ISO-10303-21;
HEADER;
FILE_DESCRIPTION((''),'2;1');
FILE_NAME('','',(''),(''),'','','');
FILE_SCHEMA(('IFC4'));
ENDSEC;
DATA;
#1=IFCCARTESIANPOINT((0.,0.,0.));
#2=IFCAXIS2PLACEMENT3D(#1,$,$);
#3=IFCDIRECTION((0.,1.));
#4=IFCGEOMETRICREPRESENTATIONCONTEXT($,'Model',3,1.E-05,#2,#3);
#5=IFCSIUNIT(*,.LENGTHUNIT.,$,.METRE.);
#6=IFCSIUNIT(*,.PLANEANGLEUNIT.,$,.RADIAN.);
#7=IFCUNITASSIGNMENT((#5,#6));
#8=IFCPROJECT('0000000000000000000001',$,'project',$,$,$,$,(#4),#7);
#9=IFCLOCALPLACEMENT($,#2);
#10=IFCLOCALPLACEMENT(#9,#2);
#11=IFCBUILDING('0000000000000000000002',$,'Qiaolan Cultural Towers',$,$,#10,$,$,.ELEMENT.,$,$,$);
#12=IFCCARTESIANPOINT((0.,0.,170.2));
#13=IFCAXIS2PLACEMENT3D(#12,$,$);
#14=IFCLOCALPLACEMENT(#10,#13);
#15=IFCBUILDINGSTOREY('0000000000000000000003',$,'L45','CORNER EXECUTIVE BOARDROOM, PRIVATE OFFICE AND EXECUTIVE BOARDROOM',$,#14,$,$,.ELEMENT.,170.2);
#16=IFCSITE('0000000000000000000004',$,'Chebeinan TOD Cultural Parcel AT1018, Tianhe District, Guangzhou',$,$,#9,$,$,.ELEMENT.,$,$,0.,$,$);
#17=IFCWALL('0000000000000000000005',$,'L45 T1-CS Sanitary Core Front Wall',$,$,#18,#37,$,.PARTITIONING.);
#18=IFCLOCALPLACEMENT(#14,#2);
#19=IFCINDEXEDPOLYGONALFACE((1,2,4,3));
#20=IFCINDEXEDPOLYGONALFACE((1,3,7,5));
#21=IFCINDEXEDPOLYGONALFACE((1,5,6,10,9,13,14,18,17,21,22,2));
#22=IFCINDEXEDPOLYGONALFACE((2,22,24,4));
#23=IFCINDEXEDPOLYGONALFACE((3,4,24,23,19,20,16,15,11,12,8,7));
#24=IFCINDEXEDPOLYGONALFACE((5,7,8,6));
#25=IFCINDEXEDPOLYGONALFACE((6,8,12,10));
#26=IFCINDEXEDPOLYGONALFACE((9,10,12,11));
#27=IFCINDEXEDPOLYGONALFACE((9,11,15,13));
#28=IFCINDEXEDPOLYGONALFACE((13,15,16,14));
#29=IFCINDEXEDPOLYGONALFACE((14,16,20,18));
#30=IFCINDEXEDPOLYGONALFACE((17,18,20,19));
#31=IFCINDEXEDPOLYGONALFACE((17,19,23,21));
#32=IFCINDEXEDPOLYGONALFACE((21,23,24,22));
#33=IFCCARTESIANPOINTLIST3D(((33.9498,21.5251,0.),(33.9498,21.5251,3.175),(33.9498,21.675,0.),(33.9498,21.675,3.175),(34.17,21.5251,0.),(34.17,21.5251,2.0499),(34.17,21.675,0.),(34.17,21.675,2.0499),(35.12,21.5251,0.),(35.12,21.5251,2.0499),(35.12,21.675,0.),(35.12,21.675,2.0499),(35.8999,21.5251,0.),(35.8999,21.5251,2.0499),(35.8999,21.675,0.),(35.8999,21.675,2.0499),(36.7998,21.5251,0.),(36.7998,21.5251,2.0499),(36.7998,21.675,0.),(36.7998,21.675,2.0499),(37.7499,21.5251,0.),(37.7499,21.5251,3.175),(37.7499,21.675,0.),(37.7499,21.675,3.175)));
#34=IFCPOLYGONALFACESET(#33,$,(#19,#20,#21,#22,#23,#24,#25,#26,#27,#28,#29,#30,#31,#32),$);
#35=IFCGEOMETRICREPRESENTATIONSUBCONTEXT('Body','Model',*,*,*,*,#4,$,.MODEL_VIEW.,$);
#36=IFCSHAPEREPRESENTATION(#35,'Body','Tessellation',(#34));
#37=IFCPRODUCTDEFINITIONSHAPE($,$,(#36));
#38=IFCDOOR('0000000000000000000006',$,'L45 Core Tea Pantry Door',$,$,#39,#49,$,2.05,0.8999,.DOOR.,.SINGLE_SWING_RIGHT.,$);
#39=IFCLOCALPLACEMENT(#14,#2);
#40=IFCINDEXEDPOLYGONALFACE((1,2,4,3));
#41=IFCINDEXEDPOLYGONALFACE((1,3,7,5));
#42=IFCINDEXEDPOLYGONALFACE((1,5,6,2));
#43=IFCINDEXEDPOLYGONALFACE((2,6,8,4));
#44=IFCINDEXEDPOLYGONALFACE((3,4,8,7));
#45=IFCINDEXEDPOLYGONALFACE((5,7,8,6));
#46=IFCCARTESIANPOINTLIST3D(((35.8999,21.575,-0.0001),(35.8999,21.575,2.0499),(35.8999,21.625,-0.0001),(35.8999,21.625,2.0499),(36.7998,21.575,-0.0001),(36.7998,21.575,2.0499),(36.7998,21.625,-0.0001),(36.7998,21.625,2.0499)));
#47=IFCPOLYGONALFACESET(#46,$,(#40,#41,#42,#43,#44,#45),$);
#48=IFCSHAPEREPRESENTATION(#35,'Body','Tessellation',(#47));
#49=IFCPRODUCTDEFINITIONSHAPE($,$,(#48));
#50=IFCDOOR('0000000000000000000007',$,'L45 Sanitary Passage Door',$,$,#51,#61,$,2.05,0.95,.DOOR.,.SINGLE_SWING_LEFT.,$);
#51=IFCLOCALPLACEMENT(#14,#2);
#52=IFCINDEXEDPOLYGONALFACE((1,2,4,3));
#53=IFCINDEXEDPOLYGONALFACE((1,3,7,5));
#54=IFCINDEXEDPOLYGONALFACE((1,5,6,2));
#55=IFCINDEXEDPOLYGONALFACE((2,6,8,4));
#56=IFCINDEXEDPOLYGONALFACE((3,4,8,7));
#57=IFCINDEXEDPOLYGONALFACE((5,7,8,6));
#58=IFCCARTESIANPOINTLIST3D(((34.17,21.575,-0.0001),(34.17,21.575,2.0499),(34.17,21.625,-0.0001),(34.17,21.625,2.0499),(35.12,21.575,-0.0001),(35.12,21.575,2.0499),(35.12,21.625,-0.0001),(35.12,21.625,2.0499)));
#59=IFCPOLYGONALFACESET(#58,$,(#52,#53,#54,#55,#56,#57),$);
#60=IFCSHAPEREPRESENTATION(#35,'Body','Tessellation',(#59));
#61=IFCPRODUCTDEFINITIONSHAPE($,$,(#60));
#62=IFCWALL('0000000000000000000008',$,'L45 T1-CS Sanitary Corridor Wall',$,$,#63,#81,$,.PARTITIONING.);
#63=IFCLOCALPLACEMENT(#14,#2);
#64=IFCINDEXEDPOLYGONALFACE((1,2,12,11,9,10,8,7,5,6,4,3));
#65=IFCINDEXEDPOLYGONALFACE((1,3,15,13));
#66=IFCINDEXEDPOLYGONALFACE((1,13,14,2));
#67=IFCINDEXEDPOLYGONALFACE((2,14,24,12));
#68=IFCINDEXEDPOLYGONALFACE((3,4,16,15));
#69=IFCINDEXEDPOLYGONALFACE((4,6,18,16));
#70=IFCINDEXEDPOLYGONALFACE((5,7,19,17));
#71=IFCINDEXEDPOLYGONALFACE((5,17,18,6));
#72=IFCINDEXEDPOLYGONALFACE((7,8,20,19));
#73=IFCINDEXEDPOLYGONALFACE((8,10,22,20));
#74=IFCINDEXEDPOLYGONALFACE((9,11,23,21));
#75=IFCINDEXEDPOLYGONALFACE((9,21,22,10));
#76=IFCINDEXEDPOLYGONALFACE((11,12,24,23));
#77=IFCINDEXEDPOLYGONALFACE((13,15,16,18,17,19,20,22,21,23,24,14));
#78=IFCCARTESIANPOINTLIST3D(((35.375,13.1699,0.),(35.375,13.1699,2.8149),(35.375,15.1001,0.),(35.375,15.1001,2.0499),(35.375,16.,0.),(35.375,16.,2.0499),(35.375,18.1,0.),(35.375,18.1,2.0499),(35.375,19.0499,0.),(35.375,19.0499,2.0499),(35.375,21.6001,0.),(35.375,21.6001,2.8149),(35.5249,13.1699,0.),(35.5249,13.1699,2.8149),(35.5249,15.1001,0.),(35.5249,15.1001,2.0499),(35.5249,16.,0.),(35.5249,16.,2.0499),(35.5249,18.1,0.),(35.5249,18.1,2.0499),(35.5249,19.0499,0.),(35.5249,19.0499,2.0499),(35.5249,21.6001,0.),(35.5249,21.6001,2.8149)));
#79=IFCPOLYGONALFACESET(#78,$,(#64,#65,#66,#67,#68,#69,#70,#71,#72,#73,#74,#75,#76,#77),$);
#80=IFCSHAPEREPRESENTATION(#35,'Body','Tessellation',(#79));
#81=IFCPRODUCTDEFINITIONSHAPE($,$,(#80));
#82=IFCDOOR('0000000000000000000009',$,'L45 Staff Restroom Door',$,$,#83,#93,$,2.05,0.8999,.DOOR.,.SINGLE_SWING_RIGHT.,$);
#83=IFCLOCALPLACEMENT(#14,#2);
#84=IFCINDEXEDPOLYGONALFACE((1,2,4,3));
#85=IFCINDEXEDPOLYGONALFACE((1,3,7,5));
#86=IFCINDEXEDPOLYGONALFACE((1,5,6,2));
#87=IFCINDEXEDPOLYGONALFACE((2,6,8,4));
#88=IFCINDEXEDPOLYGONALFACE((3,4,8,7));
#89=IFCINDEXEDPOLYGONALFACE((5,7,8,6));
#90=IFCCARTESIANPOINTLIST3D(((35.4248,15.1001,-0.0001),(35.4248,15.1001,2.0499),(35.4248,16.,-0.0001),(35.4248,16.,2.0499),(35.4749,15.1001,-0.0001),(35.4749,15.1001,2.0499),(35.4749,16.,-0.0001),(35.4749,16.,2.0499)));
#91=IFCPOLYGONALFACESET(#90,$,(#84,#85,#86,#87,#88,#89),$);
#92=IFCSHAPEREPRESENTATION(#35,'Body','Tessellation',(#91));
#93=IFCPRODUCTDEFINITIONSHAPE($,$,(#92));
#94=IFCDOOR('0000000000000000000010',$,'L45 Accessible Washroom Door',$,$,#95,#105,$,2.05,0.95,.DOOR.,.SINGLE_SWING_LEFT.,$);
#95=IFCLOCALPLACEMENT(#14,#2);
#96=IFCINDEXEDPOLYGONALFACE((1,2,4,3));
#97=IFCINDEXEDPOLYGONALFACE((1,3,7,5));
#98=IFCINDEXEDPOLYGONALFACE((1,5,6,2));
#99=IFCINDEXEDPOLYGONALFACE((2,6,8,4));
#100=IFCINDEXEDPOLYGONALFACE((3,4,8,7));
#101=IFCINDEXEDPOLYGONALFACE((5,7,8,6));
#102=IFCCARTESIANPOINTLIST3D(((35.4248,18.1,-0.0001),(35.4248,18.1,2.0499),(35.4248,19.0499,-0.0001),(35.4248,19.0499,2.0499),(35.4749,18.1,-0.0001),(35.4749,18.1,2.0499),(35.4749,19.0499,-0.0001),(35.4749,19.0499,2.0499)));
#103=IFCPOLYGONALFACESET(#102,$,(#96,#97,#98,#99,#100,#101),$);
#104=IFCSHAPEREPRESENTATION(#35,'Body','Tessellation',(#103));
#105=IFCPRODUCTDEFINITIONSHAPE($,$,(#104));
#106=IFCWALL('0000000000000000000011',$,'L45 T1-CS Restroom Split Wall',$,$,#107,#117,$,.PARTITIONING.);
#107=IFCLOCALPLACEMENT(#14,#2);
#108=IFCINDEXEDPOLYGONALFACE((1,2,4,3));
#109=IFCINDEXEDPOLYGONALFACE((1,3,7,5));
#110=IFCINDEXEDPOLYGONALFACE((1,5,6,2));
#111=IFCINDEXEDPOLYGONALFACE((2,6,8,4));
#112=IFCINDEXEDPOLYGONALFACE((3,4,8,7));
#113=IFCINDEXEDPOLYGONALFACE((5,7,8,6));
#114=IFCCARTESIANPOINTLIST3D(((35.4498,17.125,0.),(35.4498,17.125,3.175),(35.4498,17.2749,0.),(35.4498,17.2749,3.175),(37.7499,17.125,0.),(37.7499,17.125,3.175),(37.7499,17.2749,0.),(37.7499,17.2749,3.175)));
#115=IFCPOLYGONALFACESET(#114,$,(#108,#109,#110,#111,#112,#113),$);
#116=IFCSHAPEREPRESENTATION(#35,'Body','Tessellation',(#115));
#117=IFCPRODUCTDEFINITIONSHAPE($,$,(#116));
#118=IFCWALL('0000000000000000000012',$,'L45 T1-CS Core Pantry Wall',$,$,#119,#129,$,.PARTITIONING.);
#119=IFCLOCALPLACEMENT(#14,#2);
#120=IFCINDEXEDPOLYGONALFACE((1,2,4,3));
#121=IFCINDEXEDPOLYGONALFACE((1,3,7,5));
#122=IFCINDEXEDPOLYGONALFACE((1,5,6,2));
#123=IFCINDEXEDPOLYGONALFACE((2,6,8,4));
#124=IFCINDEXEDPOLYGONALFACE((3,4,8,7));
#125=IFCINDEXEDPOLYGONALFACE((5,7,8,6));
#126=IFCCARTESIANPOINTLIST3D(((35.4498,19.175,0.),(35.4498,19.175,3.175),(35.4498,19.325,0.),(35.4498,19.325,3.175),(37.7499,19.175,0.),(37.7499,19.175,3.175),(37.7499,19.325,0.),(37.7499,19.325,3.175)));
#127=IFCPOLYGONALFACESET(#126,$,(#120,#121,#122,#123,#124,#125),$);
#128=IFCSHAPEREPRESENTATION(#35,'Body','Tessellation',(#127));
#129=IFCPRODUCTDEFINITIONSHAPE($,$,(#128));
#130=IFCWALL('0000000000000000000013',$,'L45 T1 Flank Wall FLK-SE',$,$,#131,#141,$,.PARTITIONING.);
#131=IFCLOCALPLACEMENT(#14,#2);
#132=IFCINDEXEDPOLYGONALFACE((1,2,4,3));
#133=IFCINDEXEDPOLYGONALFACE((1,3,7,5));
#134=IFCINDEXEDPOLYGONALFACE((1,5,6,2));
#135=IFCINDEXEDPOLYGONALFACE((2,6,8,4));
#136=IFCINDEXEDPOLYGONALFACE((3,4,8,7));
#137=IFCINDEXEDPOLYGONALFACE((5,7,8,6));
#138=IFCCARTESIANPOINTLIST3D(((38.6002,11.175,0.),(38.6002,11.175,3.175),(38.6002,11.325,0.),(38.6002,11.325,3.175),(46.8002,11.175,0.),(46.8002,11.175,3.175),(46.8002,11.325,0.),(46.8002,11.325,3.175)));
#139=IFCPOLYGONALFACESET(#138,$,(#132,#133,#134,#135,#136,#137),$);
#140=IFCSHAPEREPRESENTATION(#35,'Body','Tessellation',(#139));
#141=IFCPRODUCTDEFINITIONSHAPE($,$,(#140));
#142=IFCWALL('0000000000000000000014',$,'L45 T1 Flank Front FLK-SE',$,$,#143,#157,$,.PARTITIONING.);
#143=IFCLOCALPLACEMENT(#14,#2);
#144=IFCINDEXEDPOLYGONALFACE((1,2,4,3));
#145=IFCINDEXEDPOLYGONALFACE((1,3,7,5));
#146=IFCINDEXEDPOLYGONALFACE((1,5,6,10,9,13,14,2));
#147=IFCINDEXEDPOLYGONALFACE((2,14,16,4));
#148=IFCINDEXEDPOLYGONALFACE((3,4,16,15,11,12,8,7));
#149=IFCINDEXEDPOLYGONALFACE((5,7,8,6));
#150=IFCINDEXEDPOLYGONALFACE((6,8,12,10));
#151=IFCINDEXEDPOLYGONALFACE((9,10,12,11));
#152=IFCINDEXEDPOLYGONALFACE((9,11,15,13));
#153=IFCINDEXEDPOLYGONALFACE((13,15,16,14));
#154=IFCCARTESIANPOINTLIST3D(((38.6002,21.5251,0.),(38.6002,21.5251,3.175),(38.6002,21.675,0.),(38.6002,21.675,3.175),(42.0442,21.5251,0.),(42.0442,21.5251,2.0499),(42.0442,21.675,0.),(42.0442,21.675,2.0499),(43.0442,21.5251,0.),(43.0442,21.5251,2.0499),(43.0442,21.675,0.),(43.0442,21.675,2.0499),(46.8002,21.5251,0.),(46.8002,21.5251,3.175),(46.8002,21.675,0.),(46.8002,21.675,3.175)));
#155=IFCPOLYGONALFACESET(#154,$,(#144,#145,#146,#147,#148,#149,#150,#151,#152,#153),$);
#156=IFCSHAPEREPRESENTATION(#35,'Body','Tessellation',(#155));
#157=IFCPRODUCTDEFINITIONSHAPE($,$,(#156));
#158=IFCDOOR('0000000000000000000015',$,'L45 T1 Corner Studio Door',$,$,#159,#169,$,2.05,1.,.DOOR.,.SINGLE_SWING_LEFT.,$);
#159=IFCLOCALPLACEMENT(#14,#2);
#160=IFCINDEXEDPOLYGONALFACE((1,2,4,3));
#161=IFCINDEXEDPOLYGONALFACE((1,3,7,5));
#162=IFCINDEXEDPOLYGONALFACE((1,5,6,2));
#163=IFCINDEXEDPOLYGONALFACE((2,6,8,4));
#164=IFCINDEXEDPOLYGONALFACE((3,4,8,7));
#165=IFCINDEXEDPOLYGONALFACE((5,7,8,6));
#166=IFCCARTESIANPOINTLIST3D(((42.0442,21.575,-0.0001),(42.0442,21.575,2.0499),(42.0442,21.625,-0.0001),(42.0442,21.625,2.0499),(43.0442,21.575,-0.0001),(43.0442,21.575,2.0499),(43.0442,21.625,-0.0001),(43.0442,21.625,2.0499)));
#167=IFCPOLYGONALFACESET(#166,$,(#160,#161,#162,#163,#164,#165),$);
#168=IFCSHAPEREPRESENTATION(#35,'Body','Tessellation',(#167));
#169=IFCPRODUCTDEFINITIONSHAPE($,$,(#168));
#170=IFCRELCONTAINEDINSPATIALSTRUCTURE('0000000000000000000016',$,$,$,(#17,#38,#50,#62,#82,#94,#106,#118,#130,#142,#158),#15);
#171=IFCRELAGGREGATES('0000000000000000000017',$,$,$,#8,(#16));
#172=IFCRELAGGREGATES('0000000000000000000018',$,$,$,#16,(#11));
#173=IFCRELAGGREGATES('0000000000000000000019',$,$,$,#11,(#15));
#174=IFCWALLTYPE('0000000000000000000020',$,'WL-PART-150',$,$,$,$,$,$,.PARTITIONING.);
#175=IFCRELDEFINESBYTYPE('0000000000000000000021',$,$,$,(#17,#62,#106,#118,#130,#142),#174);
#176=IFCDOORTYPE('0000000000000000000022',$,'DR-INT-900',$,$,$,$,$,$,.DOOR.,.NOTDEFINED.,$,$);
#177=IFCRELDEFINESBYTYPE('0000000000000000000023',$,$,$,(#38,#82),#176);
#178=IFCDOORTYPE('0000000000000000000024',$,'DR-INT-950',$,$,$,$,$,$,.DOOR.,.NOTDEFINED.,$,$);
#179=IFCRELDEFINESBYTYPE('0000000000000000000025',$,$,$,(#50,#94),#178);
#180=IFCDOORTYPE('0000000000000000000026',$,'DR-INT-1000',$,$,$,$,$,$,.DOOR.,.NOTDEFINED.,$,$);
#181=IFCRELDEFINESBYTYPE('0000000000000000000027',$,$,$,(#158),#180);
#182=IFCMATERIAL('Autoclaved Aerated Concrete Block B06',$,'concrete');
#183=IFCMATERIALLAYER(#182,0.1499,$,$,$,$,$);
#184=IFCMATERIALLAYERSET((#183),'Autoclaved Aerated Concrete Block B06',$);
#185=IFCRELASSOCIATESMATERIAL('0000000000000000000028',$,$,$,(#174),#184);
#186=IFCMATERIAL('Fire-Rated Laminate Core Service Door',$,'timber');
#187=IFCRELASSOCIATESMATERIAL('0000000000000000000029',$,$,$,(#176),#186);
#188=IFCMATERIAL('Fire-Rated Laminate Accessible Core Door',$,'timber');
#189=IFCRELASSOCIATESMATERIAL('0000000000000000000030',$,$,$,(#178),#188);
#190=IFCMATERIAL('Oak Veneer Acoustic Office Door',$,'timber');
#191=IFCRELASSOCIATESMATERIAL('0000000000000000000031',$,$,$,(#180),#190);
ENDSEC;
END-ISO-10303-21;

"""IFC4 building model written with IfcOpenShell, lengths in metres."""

from ifc_helpers import new_model, si_unit, direction, frame, frame_2d, origin, place, context, subcontext, project, spatial, rectangle, extrude, material, layer, layer_set, type_object, element, fill, save


model = new_model("IFC4")

# Units and contexts
model_context = context("Model", 3, precision=1e-05, world=origin(), true_north=direction((0.0, 1.0)))
body_context = subcontext(model_context, "Body", "Model", "MODEL_VIEW")
ifc_project = project(units=[si_unit("LENGTHUNIT", "METRE"), si_unit("PLANEANGLEUNIT", "RADIAN")], contexts=[model_context])

# Site, building, storey
site_placement = place(None, origin())
site = spatial("IfcSite", under=ifc_project, at=site_placement, Name="Chebeinan TOD Cultural Parcel AT1018, Tianhe District, Guangzhou", CompositionType="ELEMENT", RefElevation=0.0)
building_placement = place(site_placement, origin())
building = spatial("IfcBuilding", under=site, at=building_placement, Name="Qiaolan Cultural Towers", CompositionType="ELEMENT")
storey_placement = place(building_placement, frame((0.0, 0.0, 170.2)))
storey = spatial("IfcBuildingStorey", under=building, at=storey_placement, Name="L45", Description="CORNER EXECUTIVE BOARDROOM, PRIVATE OFFICE AND EXECUTIVE BOARDROOM", CompositionType="ELEMENT", Elevation=170.2)

# Walls, openings, doors
ifc_material_1 = material(Name="Autoclaved Aerated Concrete Block B06", Category="concrete")
ifc_layer_1 = layer(ifc_material_1, 0.1499)
ifc_layer_set_1 = layer_set([ifc_layer_1], Name="Autoclaved Aerated Concrete Block B06")
wall_type_1 = type_object("IfcWallType", Name="WL-PART-150", PredefinedType="PARTITIONING", material=ifc_layer_set_1)
wall_1_placement = place(storey_placement, frame((33.95, 21.6001, 0.0), z_axis=(0.0, 0.0, 1.0), x_axis=(1.0, 0.0, 0.0)))
wall_1 = element("IfcWall", 1, at=wall_1_placement, inside=storey, type_object=wall_type_1, Name="L45 T1-CS Sanitary Core Front Wall", PredefinedType="PARTITIONING", context=body_context, shape_type="SweptSolid", body=[
    extrude(rectangle(XDim=3.8, YDim=0.1499, at=frame_2d((1.8999, 0.0))), origin(), (0.0, 0.0, 1.0), 3.175),
])
opening_1_placement = place(wall_1_placement, frame((0.22, 0.0, 0.0)))
opening_1 = element("IfcOpeningElement", 2, at=opening_1_placement, cuts=wall_1, PredefinedType="OPENING", context=body_context, shape_type="SweptSolid", body=[
    extrude(rectangle(XDim=0.95, YDim=2.05, at=frame_2d((0.4751, 1.0249))), frame((0.0, 0.085, 0.0), z_axis=(0.0, -1.0, 0.0), x_axis=(1.0, 0.0, 0.0)), (0.0, 0.0, 1.0), 0.1699),
])
opening_2_placement = place(wall_1_placement, frame((1.95, 0.0, 0.0)))
opening_2 = element("IfcOpeningElement", 3, at=opening_2_placement, cuts=wall_1, PredefinedType="OPENING", context=body_context, shape_type="SweptSolid", body=[
    extrude(rectangle(XDim=0.8999, YDim=2.05, at=frame_2d((0.45, 1.0249))), frame((0.0, 0.085, 0.0), z_axis=(0.0, -1.0, 0.0), x_axis=(1.0, 0.0, 0.0)), (0.0, 0.0, 1.0), 0.1699),
])
ifc_material_2 = material(Name="Fire-Rated Laminate Core Service Door", Category="timber")
door_type_1 = type_object("IfcDoorType", Name="DR-INT-900", OperationType="NOTDEFINED", PredefinedType="DOOR", material=ifc_material_2)
door_1_placement = place(opening_2_placement, origin())
door_1 = element("IfcDoor", 4, at=door_1_placement, inside=storey, type_object=door_type_1, Name="L45 Core Tea Pantry Door", OperationType="SINGLE_SWING_RIGHT", OverallHeight=2.05, OverallWidth=0.8999, PredefinedType="DOOR", context=body_context, shape_type="SweptSolid", body=[
    extrude(rectangle(XDim=0.8999, YDim=2.05, at=frame_2d((0.45, 1.0249))), frame((0.0, 0.0249, 0.0), z_axis=(0.0, -1.0, 0.0), x_axis=(1.0, 0.0, 0.0)), (0.0, 0.0, 1.0), 0.05),
])
fill(opening_2, door_1)
ifc_material_3 = material(Name="Fire-Rated Laminate Accessible Core Door", Category="timber")
door_type_2 = type_object("IfcDoorType", Name="DR-INT-950", OperationType="NOTDEFINED", PredefinedType="DOOR", material=ifc_material_3)
door_2_placement = place(opening_1_placement, origin())
door_2 = element("IfcDoor", 5, at=door_2_placement, inside=storey, type_object=door_type_2, Name="L45 Sanitary Passage Door", OperationType="SINGLE_SWING_LEFT", OverallHeight=2.05, OverallWidth=0.95, PredefinedType="DOOR", context=body_context, shape_type="SweptSolid", body=[
    extrude(rectangle(XDim=0.95, YDim=2.05, at=frame_2d((0.4751, 1.0249))), frame((0.0, 0.0249, 0.0), z_axis=(0.0, -1.0, 0.0), x_axis=(1.0, 0.0, 0.0)), (0.0, 0.0, 1.0), 0.05),
])
fill(opening_1, door_2)
wall_2_placement = place(storey_placement, frame((35.45, 21.6001, 0.0), z_axis=(0.0, 0.0, 1.0), x_axis=(0.0, -1.0, 0.0)))
wall_2 = element("IfcWall", 6, at=wall_2_placement, inside=storey, type_object=wall_type_1, Name="L45 T1-CS Sanitary Corridor Wall", PredefinedType="PARTITIONING", context=body_context, shape_type="SweptSolid", body=[
    extrude(rectangle(XDim=8.4302, YDim=0.1499, at=frame_2d((4.2151, 0.0))), origin(), (0.0, 0.0, 1.0), 2.8149),
])
opening_3_placement = place(wall_2_placement, frame((2.55, 0.0, 0.0)))
opening_3 = element("IfcOpeningElement", 7, at=opening_3_placement, cuts=wall_2, PredefinedType="OPENING", context=body_context, shape_type="SweptSolid", body=[
    extrude(rectangle(XDim=0.95, YDim=2.05, at=frame_2d((0.4751, 1.0249))), frame((0.0, 0.085, 0.0), z_axis=(0.0, -1.0, 0.0), x_axis=(1.0, 0.0, 0.0)), (0.0, 0.0, 1.0), 0.1699),
])
opening_4_placement = place(wall_2_placement, frame((5.6001, 0.0, 0.0)))
opening_4 = element("IfcOpeningElement", 8, at=opening_4_placement, cuts=wall_2, PredefinedType="OPENING", context=body_context, shape_type="SweptSolid", body=[
    extrude(rectangle(XDim=0.8999, YDim=2.05, at=frame_2d((0.45, 1.0249))), frame((0.0, 0.085, 0.0), z_axis=(0.0, -1.0, 0.0), x_axis=(1.0, 0.0, 0.0)), (0.0, 0.0, 1.0), 0.1699),
])
door_3_placement = place(opening_4_placement, origin())
door_3 = element("IfcDoor", 9, at=door_3_placement, inside=storey, type_object=door_type_1, Name="L45 Staff Restroom Door", OperationType="SINGLE_SWING_RIGHT", OverallHeight=2.05, OverallWidth=0.8999, PredefinedType="DOOR", context=body_context, shape_type="SweptSolid", body=[
    extrude(rectangle(XDim=0.8999, YDim=2.05, at=frame_2d((0.45, 1.0249))), frame((0.0, 0.0249, 0.0), z_axis=(0.0, -1.0, 0.0), x_axis=(1.0, 0.0, 0.0)), (0.0, 0.0, 1.0), 0.05),
])
fill(opening_4, door_3)
door_4_placement = place(opening_3_placement, origin())
door_4 = element("IfcDoor", 10, at=door_4_placement, inside=storey, type_object=door_type_2, Name="L45 Accessible Washroom Door", OperationType="SINGLE_SWING_LEFT", OverallHeight=2.05, OverallWidth=0.95, PredefinedType="DOOR", context=body_context, shape_type="SweptSolid", body=[
    extrude(rectangle(XDim=0.95, YDim=2.05, at=frame_2d((0.4751, 1.0249))), frame((0.0, 0.0249, 0.0), z_axis=(0.0, -1.0, 0.0), x_axis=(1.0, 0.0, 0.0)), (0.0, 0.0, 1.0), 0.05),
])
fill(opening_3, door_4)

# Walls
for number, where, z_axis, x_axis, name in (
    (11, (35.45, 17.2, 0.0), (0.0, 0.0, 1.0), (1.0, 0.0, 0.0), "L45 T1-CS Restroom Split Wall"),
    (12, (35.45, 19.25, 0.0), (0.0, 0.0, 1.0), (1.0, 0.0, 0.0), "L45 T1-CS Core Pantry Wall"),
):
    element("IfcWall", number, at=place(storey_placement, frame(where, z_axis=z_axis, x_axis=x_axis)), inside=storey, type_object=wall_type_1, Name=name, PredefinedType="PARTITIONING", context=body_context, shape_type="SweptSolid", body=[
        extrude(rectangle(XDim=2.3, YDim=0.1499, at=frame_2d((1.1499, 0.0))), origin(), (0.0, 0.0, 1.0), 3.175),
    ])
wall_3_placement = place(storey_placement, frame((38.6001, 11.25, 0.0), z_axis=(0.0, 0.0, 1.0), x_axis=(1.0, 0.0, 0.0)))
element("IfcWall", 13, at=wall_3_placement, inside=storey, type_object=wall_type_1, Name="L45 T1 Flank Wall FLK-SE", PredefinedType="PARTITIONING", context=body_context, shape_type="SweptSolid", body=[
    extrude(rectangle(XDim=8.2, YDim=0.1499, at=frame_2d((4.1001, 0.0))), origin(), (0.0, 0.0, 1.0), 3.175),
])

# Wall, opening, door
wall_4_placement = place(storey_placement, frame((38.6001, 21.6001, 0.0), z_axis=(0.0, 0.0, 1.0), x_axis=(1.0, 0.0, 0.0)))
wall_4 = element("IfcWall", 14, at=wall_4_placement, inside=storey, type_object=wall_type_1, Name="L45 T1 Flank Front FLK-SE", PredefinedType="PARTITIONING", context=body_context, shape_type="SweptSolid", body=[
    extrude(rectangle(XDim=8.2, YDim=0.1499, at=frame_2d((4.1001, 0.0))), origin(), (0.0, 0.0, 1.0), 3.175),
])
opening_5_placement = place(wall_4_placement, frame((3.4441, 0.0, 0.0)))
opening_5 = element("IfcOpeningElement", 15, at=opening_5_placement, cuts=wall_4, PredefinedType="OPENING", context=body_context, shape_type="SweptSolid", body=[
    extrude(rectangle(XDim=1.0, YDim=2.05, at=frame_2d((0.5, 1.0249))), frame((0.0, 0.085, 0.0), z_axis=(0.0, -1.0, 0.0), x_axis=(1.0, 0.0, 0.0)), (0.0, 0.0, 1.0), 0.1699),
])
ifc_material_4 = material(Name="Oak Veneer Acoustic Office Door", Category="timber")
door_type_3 = type_object("IfcDoorType", Name="DR-INT-1000", OperationType="NOTDEFINED", PredefinedType="DOOR", material=ifc_material_4)
door_5_placement = place(opening_5_placement, origin())
door_5 = element("IfcDoor", 16, at=door_5_placement, inside=storey, type_object=door_type_3, Name="L45 T1 Corner Studio Door", OperationType="SINGLE_SWING_LEFT", OverallHeight=2.05, OverallWidth=1.0, PredefinedType="DOOR", context=body_context, shape_type="SweptSolid", body=[
    extrude(rectangle(XDim=1.0, YDim=2.05, at=frame_2d((0.5, 1.0249))), frame((0.0, 0.0249, 0.0), z_axis=(0.0, -1.0, 0.0), x_axis=(1.0, 0.0, 0.0)), (0.0, 0.0, 1.0), 0.05),
])
fill(opening_5, door_5)

save(model, "model.ifc")
